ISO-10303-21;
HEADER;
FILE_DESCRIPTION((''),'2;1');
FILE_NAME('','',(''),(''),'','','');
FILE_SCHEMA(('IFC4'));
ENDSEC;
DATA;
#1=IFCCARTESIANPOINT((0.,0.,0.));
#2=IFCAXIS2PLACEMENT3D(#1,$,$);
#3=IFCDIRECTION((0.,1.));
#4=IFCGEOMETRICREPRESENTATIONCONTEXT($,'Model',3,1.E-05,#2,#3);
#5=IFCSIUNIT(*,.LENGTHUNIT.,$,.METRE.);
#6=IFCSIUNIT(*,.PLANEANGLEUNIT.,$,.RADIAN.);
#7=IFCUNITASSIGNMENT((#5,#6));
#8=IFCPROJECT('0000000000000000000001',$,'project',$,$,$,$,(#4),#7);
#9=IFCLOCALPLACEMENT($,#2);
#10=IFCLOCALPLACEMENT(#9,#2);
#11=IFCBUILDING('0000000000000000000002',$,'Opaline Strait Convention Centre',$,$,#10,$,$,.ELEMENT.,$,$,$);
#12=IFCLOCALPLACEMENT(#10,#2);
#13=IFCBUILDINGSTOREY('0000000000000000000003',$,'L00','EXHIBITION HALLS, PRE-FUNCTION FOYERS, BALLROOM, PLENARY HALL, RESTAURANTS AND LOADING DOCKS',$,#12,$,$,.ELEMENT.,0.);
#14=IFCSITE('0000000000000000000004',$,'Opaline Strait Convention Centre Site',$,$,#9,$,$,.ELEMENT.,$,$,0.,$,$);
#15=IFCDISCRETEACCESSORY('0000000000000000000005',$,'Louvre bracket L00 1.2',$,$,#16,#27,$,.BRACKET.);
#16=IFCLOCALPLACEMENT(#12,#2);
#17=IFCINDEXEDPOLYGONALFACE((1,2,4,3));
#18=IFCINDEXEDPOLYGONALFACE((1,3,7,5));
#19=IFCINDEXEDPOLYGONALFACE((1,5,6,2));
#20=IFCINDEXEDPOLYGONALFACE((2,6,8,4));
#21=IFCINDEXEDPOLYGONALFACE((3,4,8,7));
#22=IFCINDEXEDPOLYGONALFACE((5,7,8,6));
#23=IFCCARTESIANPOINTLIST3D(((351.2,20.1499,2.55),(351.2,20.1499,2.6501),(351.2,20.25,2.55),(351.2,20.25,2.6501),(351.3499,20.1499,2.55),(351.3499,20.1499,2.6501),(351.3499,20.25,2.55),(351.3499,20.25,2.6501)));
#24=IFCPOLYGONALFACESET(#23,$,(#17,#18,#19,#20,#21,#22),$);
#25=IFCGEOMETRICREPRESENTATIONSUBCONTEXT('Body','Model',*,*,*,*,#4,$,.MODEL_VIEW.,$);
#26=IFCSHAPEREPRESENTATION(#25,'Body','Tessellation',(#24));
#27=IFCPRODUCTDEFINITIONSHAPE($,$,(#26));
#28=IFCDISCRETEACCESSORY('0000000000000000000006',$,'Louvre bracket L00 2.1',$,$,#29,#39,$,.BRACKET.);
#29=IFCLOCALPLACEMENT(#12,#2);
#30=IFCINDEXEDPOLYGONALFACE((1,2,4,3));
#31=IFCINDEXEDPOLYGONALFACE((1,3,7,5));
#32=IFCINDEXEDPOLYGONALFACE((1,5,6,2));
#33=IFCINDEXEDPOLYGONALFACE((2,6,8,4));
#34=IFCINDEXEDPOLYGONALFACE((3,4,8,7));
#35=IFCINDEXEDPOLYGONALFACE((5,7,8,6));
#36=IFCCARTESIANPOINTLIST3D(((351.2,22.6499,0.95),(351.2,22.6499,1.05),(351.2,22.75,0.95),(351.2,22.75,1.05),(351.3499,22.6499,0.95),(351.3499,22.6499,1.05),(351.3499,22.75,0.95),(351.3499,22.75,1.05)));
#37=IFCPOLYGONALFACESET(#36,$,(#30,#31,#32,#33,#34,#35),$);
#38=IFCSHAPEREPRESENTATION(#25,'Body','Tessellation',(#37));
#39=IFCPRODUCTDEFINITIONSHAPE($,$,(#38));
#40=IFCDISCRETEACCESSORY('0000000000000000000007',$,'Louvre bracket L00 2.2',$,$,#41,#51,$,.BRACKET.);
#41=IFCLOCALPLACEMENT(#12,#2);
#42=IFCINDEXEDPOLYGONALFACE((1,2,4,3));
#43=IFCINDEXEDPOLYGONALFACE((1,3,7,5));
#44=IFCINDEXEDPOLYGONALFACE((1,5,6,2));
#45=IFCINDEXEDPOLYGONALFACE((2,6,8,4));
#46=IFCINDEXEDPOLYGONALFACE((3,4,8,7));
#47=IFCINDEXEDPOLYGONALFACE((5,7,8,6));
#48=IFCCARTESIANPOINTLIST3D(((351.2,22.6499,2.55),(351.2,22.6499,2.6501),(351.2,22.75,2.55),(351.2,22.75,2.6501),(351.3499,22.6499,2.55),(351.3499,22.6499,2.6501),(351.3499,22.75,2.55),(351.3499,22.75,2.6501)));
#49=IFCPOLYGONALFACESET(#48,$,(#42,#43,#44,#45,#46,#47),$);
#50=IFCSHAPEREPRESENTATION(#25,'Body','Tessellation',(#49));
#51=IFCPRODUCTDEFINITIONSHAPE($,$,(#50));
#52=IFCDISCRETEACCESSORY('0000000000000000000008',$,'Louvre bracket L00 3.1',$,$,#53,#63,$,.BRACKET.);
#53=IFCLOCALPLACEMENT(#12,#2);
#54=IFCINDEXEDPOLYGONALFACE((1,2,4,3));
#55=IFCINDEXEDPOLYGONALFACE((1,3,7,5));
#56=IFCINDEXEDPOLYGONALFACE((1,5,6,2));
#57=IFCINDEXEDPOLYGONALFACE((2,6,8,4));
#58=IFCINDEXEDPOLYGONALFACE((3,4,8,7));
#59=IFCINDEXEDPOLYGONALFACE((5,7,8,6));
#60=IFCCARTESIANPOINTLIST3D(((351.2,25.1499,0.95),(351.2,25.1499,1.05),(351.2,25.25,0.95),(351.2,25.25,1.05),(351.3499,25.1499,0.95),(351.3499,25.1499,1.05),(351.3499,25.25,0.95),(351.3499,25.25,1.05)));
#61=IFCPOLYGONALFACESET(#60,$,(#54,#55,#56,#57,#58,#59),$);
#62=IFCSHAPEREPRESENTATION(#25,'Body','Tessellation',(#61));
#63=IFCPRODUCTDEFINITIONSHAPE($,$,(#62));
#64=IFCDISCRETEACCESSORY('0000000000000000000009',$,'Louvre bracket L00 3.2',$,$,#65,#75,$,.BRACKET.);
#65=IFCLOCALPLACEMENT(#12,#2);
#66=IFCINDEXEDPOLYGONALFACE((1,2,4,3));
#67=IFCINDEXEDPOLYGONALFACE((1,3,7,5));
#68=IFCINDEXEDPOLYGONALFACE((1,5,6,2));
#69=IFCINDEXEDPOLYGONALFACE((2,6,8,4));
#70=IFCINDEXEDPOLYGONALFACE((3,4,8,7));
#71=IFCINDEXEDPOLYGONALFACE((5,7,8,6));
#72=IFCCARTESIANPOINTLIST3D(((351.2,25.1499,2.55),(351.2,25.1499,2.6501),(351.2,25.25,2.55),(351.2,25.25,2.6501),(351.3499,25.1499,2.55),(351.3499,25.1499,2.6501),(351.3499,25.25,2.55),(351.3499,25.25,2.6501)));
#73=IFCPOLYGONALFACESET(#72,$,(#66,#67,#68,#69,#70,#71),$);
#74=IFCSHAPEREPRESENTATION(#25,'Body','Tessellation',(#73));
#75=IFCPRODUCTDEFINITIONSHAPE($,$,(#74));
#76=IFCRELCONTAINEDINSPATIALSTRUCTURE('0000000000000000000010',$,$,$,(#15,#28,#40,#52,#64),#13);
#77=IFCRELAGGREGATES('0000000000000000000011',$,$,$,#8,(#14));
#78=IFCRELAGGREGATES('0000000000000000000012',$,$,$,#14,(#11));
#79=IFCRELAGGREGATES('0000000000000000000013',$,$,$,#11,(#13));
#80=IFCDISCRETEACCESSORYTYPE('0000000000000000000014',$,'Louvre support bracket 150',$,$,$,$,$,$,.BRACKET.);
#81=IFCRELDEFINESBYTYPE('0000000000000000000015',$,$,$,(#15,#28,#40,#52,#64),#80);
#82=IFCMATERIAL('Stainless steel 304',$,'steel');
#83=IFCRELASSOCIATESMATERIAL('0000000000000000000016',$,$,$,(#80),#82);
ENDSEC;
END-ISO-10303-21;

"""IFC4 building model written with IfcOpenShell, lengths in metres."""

from ifc_helpers import new_model, si_unit, direction, frame, origin, origin_2d, place, context, subcontext, project, spatial, rectangle, extrude, material, type_object, element, save


model = new_model("IFC4")

# Units and contexts
model_context = context("Model", 3, precision=1e-05, world=origin(), true_north=direction((0.0, 1.0)))
body_context = subcontext(model_context, "Body", "Model", "MODEL_VIEW")
ifc_project = project(units=[si_unit("LENGTHUNIT", "METRE"), si_unit("PLANEANGLEUNIT", "RADIAN")], contexts=[model_context])

# Site, building, storey
site_placement = place(None, origin())
site = spatial("IfcSite", under=ifc_project, at=site_placement, Name="Opaline Strait Convention Centre Site", CompositionType="ELEMENT", RefElevation=0.0)
building_placement = place(site_placement, origin())
building = spatial("IfcBuilding", under=site, at=building_placement, Name="Opaline Strait Convention Centre", CompositionType="ELEMENT")
storey_placement = place(building_placement, origin())
storey = spatial("IfcBuildingStorey", under=building, at=storey_placement, Name="L00", Description="EXHIBITION HALLS, PRE-FUNCTION FOYERS, BALLROOM, PLENARY HALL, RESTAURANTS AND LOADING DOCKS", CompositionType="ELEMENT", Elevation=0.0)

# Discrete accessories
ifc_material_1 = material(Name="Stainless steel 304", Category="steel")
discrete_accessory_type = type_object("IfcDiscreteAccessoryType", Name="Louvre support bracket 150", PredefinedType="BRACKET", material=ifc_material_1)
for number, where, z_axis, x_axis, name in (
    (1, (351.2749, 20.2, 2.55), (0.0, 0.0, 1.0), (1.0, 0.0, 0.0), "Louvre bracket L00 1.2"),
    (2, (351.2749, 22.7, 0.95), (0.0, 0.0, 1.0), (1.0, 0.0, 0.0), "Louvre bracket L00 2.1"),
    (3, (351.2749, 22.7, 2.55), (0.0, 0.0, 1.0), (1.0, 0.0, 0.0), "Louvre bracket L00 2.2"),
    (4, (351.2749, 25.2, 0.95), (0.0, 0.0, 1.0), (1.0, 0.0, 0.0), "Louvre bracket L00 3.1"),
    (5, (351.2749, 25.2, 2.55), (0.0, 0.0, 1.0), (1.0, 0.0, 0.0), "Louvre bracket L00 3.2"),
):
    element("IfcDiscreteAccessory", number, at=place(storey_placement, frame(where, z_axis=z_axis, x_axis=x_axis)), inside=storey, type_object=discrete_accessory_type, Name=name, PredefinedType="BRACKET", context=body_context, shape_type="SweptSolid", body=[
        extrude(rectangle(XDim=0.1499, YDim=0.1001, at=origin_2d()), origin(), (0.0, 0.0, 1.0), 0.1001),
    ])

save(model, "model.ifc")
